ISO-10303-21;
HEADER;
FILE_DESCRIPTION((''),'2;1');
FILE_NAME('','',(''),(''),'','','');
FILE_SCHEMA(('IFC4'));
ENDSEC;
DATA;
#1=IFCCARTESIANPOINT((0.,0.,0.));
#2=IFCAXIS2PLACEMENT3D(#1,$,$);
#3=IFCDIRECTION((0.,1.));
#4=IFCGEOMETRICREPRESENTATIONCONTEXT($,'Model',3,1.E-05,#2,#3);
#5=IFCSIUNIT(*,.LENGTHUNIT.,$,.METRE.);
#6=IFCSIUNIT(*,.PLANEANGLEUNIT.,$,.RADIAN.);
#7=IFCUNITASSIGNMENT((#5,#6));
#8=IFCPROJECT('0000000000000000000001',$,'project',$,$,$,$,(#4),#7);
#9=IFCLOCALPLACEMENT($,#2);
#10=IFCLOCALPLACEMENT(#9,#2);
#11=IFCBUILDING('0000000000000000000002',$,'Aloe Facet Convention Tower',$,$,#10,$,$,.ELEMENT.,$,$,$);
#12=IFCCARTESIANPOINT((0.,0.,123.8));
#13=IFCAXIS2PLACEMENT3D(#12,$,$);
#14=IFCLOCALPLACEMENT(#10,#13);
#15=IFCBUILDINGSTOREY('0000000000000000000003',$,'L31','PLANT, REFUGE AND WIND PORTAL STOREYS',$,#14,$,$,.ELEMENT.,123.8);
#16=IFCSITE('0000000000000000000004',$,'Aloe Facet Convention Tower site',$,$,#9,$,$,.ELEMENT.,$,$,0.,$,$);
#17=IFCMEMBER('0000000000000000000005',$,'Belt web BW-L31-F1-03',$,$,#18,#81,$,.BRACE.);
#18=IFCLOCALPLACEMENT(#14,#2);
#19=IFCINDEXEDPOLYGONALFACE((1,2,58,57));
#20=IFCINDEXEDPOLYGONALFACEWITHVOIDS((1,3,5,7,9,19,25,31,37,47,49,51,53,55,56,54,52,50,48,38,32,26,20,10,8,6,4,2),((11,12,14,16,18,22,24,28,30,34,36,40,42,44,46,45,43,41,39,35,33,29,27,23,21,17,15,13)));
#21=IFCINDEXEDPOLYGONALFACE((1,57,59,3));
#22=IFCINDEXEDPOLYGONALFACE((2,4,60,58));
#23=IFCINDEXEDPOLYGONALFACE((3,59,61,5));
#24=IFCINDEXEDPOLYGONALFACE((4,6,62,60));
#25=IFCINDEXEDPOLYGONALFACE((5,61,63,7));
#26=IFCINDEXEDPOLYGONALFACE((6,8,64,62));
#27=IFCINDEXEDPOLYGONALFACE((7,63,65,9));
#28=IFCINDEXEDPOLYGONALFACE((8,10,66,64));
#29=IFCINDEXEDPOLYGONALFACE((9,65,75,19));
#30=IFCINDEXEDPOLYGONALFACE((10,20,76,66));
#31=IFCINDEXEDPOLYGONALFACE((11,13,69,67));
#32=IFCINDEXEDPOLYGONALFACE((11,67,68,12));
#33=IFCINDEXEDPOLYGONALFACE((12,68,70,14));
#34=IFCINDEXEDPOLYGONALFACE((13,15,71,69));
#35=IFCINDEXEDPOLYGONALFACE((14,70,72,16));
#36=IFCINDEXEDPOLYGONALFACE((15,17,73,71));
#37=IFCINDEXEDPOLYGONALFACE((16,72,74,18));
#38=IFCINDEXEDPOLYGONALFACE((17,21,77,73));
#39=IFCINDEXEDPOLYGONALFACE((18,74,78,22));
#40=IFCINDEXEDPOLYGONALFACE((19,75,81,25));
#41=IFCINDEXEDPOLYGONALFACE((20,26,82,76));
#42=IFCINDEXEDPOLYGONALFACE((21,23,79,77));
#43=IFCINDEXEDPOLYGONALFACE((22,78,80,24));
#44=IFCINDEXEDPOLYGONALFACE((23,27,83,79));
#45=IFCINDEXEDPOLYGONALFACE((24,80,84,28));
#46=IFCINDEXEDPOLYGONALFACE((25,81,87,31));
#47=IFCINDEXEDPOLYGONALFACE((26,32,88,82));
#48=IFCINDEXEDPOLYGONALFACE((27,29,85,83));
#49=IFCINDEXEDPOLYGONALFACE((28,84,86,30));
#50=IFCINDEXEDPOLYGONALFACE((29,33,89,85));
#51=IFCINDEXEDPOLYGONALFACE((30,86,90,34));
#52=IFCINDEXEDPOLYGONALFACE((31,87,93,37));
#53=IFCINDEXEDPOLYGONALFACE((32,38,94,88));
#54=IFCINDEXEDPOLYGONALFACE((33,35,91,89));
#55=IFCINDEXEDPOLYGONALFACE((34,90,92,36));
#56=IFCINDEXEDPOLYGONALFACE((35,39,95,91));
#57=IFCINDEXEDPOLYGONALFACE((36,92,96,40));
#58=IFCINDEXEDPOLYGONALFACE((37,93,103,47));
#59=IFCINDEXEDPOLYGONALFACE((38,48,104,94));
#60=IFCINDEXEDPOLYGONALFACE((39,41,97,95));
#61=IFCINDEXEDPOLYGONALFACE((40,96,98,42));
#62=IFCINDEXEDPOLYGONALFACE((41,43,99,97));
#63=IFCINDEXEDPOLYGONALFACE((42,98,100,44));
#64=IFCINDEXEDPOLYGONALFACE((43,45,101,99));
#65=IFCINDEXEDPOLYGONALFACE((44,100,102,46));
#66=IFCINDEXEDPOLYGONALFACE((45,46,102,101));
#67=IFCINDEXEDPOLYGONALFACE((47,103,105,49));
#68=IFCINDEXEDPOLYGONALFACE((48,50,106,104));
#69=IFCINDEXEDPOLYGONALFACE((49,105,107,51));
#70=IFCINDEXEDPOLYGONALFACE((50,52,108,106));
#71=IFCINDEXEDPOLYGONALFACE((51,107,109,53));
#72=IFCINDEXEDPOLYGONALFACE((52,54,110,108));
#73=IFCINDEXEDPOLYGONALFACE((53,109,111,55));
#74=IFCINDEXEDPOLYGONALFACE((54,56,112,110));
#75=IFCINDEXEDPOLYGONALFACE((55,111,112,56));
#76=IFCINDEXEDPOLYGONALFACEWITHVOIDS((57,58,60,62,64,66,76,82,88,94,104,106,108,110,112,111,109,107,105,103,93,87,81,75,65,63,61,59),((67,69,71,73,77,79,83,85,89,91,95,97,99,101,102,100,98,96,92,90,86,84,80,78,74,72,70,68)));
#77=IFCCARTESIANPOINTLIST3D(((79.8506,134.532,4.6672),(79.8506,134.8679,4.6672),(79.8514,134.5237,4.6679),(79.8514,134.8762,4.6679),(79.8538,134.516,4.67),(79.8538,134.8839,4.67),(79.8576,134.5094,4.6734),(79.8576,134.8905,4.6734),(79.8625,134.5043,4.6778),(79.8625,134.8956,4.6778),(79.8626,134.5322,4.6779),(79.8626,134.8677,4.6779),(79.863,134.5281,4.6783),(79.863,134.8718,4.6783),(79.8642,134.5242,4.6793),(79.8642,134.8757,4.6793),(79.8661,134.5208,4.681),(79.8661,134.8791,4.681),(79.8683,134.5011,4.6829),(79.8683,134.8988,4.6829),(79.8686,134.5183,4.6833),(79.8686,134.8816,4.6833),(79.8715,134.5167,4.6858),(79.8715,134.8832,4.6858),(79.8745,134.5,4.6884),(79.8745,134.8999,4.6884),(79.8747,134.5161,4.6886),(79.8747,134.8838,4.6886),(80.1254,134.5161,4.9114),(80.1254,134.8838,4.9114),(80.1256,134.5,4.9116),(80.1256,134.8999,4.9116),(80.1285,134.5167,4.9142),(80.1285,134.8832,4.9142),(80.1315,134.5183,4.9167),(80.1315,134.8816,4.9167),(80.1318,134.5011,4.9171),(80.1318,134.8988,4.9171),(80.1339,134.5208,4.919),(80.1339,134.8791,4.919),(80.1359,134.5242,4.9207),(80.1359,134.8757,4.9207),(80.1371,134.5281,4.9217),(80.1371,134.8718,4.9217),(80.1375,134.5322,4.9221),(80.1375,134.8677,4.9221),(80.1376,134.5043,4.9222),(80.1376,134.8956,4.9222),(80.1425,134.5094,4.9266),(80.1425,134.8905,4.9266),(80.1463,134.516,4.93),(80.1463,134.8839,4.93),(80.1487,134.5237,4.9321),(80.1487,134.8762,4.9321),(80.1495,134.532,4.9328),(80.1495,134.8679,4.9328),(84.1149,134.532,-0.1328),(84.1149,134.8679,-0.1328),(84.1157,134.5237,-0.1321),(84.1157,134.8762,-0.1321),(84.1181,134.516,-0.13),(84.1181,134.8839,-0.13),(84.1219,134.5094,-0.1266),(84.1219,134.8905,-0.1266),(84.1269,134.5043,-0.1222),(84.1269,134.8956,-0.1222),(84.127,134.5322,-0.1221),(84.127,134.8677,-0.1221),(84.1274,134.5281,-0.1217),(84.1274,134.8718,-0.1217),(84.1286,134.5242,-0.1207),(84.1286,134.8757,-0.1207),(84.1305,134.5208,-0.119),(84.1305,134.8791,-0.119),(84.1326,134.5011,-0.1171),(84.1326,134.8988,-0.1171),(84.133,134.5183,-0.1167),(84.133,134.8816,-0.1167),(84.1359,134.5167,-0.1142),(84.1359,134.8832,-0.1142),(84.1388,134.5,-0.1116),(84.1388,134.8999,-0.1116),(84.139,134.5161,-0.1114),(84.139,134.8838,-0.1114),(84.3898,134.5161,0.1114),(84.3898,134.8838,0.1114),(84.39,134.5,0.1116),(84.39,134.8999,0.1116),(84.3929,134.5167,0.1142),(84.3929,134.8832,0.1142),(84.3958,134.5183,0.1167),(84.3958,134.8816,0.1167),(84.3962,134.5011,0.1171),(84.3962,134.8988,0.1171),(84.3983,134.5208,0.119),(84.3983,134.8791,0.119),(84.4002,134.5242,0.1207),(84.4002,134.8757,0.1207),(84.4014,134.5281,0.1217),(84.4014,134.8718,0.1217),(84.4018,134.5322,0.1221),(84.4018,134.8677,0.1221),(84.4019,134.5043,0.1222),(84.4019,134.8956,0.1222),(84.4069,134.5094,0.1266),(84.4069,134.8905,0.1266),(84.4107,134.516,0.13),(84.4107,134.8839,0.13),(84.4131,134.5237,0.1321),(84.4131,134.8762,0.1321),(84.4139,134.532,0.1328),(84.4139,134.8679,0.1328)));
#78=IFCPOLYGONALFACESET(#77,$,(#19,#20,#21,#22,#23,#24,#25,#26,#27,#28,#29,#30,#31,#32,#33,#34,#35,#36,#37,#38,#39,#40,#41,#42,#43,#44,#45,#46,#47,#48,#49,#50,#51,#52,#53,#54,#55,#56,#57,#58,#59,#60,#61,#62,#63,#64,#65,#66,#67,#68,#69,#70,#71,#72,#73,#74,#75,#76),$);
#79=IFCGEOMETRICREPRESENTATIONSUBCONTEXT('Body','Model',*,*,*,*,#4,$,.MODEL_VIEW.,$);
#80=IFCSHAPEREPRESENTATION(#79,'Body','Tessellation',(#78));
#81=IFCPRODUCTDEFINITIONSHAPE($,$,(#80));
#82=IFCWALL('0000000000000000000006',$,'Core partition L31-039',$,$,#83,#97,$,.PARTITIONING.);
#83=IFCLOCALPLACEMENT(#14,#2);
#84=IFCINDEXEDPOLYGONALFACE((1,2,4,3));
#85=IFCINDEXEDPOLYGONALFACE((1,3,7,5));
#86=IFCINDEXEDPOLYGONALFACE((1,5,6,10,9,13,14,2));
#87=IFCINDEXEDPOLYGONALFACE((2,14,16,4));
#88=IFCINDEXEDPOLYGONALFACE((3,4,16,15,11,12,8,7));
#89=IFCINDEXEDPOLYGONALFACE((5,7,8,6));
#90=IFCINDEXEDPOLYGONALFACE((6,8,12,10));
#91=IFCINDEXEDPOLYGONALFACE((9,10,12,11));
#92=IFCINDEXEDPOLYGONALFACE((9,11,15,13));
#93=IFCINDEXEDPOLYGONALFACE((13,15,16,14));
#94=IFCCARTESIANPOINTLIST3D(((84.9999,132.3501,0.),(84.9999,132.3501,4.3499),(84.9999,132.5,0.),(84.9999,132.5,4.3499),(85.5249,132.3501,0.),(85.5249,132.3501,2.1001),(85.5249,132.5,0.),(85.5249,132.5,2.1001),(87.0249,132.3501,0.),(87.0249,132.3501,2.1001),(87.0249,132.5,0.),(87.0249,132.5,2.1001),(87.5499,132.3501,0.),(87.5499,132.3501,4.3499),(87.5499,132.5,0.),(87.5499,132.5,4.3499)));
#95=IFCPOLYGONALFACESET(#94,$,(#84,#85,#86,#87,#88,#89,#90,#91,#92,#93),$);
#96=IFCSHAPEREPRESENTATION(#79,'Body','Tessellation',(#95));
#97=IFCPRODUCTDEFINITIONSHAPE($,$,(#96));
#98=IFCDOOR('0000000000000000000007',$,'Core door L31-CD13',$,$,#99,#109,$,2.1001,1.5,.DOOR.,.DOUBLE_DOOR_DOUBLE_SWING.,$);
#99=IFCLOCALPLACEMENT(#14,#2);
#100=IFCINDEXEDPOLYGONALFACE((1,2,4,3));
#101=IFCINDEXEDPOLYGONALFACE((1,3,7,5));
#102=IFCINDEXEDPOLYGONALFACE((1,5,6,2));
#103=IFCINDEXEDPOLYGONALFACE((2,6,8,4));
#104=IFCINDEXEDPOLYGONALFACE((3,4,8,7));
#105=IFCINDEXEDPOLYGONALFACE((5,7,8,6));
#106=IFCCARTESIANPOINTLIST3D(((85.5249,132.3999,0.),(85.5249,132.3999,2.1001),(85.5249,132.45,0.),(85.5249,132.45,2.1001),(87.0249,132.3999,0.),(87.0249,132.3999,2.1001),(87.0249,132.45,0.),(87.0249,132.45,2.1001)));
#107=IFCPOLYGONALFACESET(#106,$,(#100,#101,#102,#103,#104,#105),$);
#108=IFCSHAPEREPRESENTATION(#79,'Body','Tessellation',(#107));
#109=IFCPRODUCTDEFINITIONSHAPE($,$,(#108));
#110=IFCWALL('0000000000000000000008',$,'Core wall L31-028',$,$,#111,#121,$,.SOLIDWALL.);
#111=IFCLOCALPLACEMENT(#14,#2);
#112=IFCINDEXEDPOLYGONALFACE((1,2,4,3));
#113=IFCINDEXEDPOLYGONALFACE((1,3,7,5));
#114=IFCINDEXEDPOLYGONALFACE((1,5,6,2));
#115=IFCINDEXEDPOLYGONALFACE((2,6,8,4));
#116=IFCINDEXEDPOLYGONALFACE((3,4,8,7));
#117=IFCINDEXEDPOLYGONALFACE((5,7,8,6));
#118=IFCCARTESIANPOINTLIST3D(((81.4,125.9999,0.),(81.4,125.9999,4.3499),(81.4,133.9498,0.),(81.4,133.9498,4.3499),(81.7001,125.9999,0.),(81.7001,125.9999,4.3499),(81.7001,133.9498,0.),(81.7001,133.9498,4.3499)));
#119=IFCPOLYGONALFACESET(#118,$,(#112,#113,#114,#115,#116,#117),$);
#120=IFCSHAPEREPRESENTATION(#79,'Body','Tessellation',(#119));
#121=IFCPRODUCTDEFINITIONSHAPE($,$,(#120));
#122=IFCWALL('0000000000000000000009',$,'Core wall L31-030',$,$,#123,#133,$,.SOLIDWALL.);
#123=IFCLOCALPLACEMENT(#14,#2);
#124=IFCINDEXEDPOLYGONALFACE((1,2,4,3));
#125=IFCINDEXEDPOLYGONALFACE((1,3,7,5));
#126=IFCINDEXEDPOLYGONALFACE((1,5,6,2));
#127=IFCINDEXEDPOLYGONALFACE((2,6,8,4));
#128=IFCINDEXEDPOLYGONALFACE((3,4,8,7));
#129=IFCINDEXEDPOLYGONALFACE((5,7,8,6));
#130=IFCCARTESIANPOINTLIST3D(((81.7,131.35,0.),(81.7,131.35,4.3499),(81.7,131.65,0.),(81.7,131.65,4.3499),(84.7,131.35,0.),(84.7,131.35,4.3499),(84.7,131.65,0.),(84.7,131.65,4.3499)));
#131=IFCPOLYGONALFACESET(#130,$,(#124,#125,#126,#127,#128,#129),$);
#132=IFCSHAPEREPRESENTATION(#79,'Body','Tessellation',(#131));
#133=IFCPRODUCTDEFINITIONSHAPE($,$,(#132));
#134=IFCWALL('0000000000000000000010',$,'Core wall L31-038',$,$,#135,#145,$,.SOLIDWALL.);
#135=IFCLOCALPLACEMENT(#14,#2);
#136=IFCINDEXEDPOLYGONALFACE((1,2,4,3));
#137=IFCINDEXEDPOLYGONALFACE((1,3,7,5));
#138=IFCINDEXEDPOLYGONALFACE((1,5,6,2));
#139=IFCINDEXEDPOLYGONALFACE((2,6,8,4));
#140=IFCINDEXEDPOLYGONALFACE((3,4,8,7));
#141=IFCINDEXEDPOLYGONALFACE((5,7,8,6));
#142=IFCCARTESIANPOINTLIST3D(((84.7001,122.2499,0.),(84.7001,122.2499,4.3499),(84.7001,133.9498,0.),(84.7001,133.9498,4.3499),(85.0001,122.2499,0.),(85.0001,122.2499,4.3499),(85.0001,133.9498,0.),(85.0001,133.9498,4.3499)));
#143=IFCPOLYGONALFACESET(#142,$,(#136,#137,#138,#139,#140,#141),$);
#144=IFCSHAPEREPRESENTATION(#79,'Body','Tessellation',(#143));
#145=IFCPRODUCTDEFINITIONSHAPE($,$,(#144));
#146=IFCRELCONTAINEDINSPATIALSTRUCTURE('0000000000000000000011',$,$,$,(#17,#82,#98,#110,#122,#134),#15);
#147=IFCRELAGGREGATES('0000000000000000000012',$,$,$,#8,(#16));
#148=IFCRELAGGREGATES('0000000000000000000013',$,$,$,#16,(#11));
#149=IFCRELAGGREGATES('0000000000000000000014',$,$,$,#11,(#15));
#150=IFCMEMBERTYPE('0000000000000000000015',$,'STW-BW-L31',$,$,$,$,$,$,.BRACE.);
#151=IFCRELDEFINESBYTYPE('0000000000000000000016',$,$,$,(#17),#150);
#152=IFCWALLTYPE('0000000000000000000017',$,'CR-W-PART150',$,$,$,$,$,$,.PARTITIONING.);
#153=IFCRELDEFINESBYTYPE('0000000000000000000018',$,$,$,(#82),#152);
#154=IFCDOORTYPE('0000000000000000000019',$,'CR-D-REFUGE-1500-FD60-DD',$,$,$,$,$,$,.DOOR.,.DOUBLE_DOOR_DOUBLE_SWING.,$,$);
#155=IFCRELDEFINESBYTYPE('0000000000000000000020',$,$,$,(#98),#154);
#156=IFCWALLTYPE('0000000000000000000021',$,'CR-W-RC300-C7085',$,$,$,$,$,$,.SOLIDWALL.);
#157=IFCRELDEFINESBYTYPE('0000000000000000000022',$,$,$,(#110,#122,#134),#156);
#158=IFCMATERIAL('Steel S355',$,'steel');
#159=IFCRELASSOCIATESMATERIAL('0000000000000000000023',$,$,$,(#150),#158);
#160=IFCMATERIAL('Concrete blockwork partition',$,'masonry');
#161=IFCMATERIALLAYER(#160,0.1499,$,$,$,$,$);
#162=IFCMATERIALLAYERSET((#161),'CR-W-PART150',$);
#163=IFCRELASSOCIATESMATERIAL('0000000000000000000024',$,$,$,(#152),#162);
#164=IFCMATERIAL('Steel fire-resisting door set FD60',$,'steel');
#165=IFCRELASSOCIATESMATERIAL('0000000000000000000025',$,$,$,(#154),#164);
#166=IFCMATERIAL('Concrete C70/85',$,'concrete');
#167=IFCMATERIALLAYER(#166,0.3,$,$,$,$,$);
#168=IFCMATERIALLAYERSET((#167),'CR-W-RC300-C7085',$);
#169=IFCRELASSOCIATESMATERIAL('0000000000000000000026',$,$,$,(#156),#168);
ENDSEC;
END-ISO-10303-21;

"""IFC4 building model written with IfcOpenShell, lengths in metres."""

from ifc_helpers import new_model, si_unit, direction, frame, frame_2d, origin, origin_2d, place, context, subcontext, project, spatial, rectangle, hollow_rectangle, extrude, material, layer, layer_set, material_profile, profile_set, type_object, element, fill, save


model = new_model("IFC4")

# Units and contexts
model_context = context("Model", 3, precision=1e-05, world=origin(), true_north=direction((0.0, 1.0)))
body_context = subcontext(model_context, "Body", "Model", "MODEL_VIEW")
ifc_project = project(units=[si_unit("LENGTHUNIT", "METRE"), si_unit("PLANEANGLEUNIT", "RADIAN")], contexts=[model_context])

# Site, building, storey
site_placement = place(None, origin())
site = spatial("IfcSite", under=ifc_project, at=site_placement, Name="Aloe Facet Convention Tower site", CompositionType="ELEMENT", RefElevation=0.0)
building_placement = place(site_placement, origin())
building = spatial("IfcBuilding", under=site, at=building_placement, Name="Aloe Facet Convention Tower", CompositionType="ELEMENT")
storey_placement = place(building_placement, frame((0.0, 0.0, 123.8)))
storey = spatial("IfcBuildingStorey", under=building, at=storey_placement, Name="L31", Description="PLANT, REFUGE AND WIND PORTAL STOREYS", CompositionType="ELEMENT", Elevation=123.8)

# Member
ifc_material_1 = material(Name="Steel S355", Category="steel")
ifc_material_profile = material_profile(ifc_material_1, hollow_rectangle(XDim=0.3999, YDim=0.3999, WallThickness=0.0161, InnerFilletRadius=0.0161, OuterFilletRadius=0.032, at=origin_2d()), Name="SHS 400x400x16")
ifc_profile_set = profile_set([ifc_material_profile], Name="Steel S355")
member_type = type_object("IfcMemberType", Name="STW-BW-L31", PredefinedType="BRACE", material=ifc_profile_set)
member_placement = place(storey_placement, frame((84.2644, 134.7, 0.0), z_axis=(-0.664163, 0.0, 0.747588), x_axis=(0.0, -1.0, 0.0)))
element("IfcMember", 1, at=member_placement, inside=storey, type_object=member_type, Name="Belt web BW-L31-F1-03", PredefinedType="BRACE", context=body_context, shape_type="SweptSolid", body=[
    extrude(hollow_rectangle(XDim=0.3999, YDim=0.3999, WallThickness=0.0161, InnerFilletRadius=0.0161, OuterFilletRadius=0.032, at=origin_2d()), origin(), (0.0, 0.0, 1.0), 6.4207),
])

# Wall, opening, door
ifc_material_2 = material(Name="Concrete blockwork partition", Category="masonry")
ifc_layer_1 = layer(ifc_material_2, 0.1499)
ifc_layer_set_1 = layer_set([ifc_layer_1], Name="CR-W-PART150")
wall_type_1 = type_object("IfcWallType", Name="CR-W-PART150", PredefinedType="PARTITIONING", material=ifc_layer_set_1)
wall_1_placement = place(storey_placement, frame((85.0, 132.425, 0.0), z_axis=(0.0, 0.0, 1.0), x_axis=(1.0, 0.0, 0.0)))
wall_1 = element("IfcWall", 2, at=wall_1_placement, inside=storey, type_object=wall_type_1, Name="Core partition L31-039", PredefinedType="PARTITIONING", context=body_context, shape_type="SweptSolid", body=[
    extrude(rectangle(XDim=2.55, YDim=0.1499, at=frame_2d((1.2749, 0.0))), origin(), (0.0, 0.0, 1.0), 4.3499),
])
opening_1_placement = place(wall_1_placement, frame((0.5249, 0.0, 0.0)))
opening_1 = element("IfcOpeningElement", 3, at=opening_1_placement, cuts=wall_1, PredefinedType="OPENING", context=body_context, shape_type="SweptSolid", body=[
    extrude(rectangle(XDim=1.5, YDim=2.1001, at=frame_2d((0.75, 1.05))), frame((0.0, 0.085, 0.0), z_axis=(0.0, -1.0, 0.0), x_axis=(1.0, 0.0, 0.0)), (0.0, 0.0, 1.0), 0.1699),
])
ifc_material_3 = material(Name="Steel fire-resisting door set FD60", Category="steel")
door_type_1 = type_object("IfcDoorType", Name="CR-D-REFUGE-1500-FD60-DD", OperationType="DOUBLE_DOOR_DOUBLE_SWING", PredefinedType="DOOR", material=ifc_material_3)
door_1_placement = place(opening_1_placement, origin())
door_1 = element("IfcDoor", 4, at=door_1_placement, inside=storey, type_object=door_type_1, Name="Core door L31-CD13", OperationType="DOUBLE_DOOR_DOUBLE_SWING", OverallHeight=2.1001, OverallWidth=1.5, PredefinedType="DOOR", context=body_context, shape_type="SweptSolid", body=[
    extrude(rectangle(XDim=1.5, YDim=2.1001, at=frame_2d((0.75, 1.05))), frame((0.0, 0.0249, 0.0), z_axis=(0.0, -1.0, 0.0), x_axis=(1.0, 0.0, 0.0)), (0.0, 0.0, 1.0), 0.05),
])
fill(opening_1, door_1)

# Walls
ifc_material_4 = material(Name="Concrete C70/85", Category="concrete")
ifc_layer_2 = layer(ifc_material_4, 0.3)
ifc_layer_set_2 = layer_set([ifc_layer_2], Name="CR-W-RC300-C7085")
wall_type_2 = type_object("IfcWallType", Name="CR-W-RC300-C7085", PredefinedType="SOLIDWALL", material=ifc_layer_set_2)
wall_2_placement = place(storey_placement, frame((81.55, 133.95, 0.0), z_axis=(0.0, 0.0, 1.0), x_axis=(0.0, -1.0, 0.0)))
element("IfcWall", 5, at=wall_2_placement, inside=storey, type_object=wall_type_2, Name="Core wall L31-028", PredefinedType="SOLIDWALL", context=body_context, shape_type="SweptSolid", body=[
    extrude(rectangle(XDim=7.95, YDim=0.3, at=frame_2d((3.9751, 0.0))), origin(), (0.0, 0.0, 1.0), 4.3499),
])
wall_3_placement = place(storey_placement, frame((81.7, 131.5, 0.0), z_axis=(0.0, 0.0, 1.0), x_axis=(1.0, 0.0, 0.0)))
element("IfcWall", 6, at=wall_3_placement, inside=storey, type_object=wall_type_2, Name="Core wall L31-030", PredefinedType="SOLIDWALL", context=body_context, shape_type="SweptSolid", body=[
    extrude(rectangle(XDim=3.0, YDim=0.3, at=frame_2d((1.5, 0.0))), origin(), (0.0, 0.0, 1.0), 4.3499),
])
wall_4_placement = place(storey_placement, frame((84.8501, 133.95, 0.0), z_axis=(0.0, 0.0, 1.0), x_axis=(0.0, -1.0, 0.0)))
element("IfcWall", 7, at=wall_4_placement, inside=storey, type_object=wall_type_2, Name="Core wall L31-038", PredefinedType="SOLIDWALL", context=body_context, shape_type="SweptSolid", body=[
    extrude(rectangle(XDim=11.7, YDim=0.3, at=frame_2d((5.8501, 0.0))), origin(), (0.0, 0.0, 1.0), 4.3499),
])

save(model, "model.ifc")
